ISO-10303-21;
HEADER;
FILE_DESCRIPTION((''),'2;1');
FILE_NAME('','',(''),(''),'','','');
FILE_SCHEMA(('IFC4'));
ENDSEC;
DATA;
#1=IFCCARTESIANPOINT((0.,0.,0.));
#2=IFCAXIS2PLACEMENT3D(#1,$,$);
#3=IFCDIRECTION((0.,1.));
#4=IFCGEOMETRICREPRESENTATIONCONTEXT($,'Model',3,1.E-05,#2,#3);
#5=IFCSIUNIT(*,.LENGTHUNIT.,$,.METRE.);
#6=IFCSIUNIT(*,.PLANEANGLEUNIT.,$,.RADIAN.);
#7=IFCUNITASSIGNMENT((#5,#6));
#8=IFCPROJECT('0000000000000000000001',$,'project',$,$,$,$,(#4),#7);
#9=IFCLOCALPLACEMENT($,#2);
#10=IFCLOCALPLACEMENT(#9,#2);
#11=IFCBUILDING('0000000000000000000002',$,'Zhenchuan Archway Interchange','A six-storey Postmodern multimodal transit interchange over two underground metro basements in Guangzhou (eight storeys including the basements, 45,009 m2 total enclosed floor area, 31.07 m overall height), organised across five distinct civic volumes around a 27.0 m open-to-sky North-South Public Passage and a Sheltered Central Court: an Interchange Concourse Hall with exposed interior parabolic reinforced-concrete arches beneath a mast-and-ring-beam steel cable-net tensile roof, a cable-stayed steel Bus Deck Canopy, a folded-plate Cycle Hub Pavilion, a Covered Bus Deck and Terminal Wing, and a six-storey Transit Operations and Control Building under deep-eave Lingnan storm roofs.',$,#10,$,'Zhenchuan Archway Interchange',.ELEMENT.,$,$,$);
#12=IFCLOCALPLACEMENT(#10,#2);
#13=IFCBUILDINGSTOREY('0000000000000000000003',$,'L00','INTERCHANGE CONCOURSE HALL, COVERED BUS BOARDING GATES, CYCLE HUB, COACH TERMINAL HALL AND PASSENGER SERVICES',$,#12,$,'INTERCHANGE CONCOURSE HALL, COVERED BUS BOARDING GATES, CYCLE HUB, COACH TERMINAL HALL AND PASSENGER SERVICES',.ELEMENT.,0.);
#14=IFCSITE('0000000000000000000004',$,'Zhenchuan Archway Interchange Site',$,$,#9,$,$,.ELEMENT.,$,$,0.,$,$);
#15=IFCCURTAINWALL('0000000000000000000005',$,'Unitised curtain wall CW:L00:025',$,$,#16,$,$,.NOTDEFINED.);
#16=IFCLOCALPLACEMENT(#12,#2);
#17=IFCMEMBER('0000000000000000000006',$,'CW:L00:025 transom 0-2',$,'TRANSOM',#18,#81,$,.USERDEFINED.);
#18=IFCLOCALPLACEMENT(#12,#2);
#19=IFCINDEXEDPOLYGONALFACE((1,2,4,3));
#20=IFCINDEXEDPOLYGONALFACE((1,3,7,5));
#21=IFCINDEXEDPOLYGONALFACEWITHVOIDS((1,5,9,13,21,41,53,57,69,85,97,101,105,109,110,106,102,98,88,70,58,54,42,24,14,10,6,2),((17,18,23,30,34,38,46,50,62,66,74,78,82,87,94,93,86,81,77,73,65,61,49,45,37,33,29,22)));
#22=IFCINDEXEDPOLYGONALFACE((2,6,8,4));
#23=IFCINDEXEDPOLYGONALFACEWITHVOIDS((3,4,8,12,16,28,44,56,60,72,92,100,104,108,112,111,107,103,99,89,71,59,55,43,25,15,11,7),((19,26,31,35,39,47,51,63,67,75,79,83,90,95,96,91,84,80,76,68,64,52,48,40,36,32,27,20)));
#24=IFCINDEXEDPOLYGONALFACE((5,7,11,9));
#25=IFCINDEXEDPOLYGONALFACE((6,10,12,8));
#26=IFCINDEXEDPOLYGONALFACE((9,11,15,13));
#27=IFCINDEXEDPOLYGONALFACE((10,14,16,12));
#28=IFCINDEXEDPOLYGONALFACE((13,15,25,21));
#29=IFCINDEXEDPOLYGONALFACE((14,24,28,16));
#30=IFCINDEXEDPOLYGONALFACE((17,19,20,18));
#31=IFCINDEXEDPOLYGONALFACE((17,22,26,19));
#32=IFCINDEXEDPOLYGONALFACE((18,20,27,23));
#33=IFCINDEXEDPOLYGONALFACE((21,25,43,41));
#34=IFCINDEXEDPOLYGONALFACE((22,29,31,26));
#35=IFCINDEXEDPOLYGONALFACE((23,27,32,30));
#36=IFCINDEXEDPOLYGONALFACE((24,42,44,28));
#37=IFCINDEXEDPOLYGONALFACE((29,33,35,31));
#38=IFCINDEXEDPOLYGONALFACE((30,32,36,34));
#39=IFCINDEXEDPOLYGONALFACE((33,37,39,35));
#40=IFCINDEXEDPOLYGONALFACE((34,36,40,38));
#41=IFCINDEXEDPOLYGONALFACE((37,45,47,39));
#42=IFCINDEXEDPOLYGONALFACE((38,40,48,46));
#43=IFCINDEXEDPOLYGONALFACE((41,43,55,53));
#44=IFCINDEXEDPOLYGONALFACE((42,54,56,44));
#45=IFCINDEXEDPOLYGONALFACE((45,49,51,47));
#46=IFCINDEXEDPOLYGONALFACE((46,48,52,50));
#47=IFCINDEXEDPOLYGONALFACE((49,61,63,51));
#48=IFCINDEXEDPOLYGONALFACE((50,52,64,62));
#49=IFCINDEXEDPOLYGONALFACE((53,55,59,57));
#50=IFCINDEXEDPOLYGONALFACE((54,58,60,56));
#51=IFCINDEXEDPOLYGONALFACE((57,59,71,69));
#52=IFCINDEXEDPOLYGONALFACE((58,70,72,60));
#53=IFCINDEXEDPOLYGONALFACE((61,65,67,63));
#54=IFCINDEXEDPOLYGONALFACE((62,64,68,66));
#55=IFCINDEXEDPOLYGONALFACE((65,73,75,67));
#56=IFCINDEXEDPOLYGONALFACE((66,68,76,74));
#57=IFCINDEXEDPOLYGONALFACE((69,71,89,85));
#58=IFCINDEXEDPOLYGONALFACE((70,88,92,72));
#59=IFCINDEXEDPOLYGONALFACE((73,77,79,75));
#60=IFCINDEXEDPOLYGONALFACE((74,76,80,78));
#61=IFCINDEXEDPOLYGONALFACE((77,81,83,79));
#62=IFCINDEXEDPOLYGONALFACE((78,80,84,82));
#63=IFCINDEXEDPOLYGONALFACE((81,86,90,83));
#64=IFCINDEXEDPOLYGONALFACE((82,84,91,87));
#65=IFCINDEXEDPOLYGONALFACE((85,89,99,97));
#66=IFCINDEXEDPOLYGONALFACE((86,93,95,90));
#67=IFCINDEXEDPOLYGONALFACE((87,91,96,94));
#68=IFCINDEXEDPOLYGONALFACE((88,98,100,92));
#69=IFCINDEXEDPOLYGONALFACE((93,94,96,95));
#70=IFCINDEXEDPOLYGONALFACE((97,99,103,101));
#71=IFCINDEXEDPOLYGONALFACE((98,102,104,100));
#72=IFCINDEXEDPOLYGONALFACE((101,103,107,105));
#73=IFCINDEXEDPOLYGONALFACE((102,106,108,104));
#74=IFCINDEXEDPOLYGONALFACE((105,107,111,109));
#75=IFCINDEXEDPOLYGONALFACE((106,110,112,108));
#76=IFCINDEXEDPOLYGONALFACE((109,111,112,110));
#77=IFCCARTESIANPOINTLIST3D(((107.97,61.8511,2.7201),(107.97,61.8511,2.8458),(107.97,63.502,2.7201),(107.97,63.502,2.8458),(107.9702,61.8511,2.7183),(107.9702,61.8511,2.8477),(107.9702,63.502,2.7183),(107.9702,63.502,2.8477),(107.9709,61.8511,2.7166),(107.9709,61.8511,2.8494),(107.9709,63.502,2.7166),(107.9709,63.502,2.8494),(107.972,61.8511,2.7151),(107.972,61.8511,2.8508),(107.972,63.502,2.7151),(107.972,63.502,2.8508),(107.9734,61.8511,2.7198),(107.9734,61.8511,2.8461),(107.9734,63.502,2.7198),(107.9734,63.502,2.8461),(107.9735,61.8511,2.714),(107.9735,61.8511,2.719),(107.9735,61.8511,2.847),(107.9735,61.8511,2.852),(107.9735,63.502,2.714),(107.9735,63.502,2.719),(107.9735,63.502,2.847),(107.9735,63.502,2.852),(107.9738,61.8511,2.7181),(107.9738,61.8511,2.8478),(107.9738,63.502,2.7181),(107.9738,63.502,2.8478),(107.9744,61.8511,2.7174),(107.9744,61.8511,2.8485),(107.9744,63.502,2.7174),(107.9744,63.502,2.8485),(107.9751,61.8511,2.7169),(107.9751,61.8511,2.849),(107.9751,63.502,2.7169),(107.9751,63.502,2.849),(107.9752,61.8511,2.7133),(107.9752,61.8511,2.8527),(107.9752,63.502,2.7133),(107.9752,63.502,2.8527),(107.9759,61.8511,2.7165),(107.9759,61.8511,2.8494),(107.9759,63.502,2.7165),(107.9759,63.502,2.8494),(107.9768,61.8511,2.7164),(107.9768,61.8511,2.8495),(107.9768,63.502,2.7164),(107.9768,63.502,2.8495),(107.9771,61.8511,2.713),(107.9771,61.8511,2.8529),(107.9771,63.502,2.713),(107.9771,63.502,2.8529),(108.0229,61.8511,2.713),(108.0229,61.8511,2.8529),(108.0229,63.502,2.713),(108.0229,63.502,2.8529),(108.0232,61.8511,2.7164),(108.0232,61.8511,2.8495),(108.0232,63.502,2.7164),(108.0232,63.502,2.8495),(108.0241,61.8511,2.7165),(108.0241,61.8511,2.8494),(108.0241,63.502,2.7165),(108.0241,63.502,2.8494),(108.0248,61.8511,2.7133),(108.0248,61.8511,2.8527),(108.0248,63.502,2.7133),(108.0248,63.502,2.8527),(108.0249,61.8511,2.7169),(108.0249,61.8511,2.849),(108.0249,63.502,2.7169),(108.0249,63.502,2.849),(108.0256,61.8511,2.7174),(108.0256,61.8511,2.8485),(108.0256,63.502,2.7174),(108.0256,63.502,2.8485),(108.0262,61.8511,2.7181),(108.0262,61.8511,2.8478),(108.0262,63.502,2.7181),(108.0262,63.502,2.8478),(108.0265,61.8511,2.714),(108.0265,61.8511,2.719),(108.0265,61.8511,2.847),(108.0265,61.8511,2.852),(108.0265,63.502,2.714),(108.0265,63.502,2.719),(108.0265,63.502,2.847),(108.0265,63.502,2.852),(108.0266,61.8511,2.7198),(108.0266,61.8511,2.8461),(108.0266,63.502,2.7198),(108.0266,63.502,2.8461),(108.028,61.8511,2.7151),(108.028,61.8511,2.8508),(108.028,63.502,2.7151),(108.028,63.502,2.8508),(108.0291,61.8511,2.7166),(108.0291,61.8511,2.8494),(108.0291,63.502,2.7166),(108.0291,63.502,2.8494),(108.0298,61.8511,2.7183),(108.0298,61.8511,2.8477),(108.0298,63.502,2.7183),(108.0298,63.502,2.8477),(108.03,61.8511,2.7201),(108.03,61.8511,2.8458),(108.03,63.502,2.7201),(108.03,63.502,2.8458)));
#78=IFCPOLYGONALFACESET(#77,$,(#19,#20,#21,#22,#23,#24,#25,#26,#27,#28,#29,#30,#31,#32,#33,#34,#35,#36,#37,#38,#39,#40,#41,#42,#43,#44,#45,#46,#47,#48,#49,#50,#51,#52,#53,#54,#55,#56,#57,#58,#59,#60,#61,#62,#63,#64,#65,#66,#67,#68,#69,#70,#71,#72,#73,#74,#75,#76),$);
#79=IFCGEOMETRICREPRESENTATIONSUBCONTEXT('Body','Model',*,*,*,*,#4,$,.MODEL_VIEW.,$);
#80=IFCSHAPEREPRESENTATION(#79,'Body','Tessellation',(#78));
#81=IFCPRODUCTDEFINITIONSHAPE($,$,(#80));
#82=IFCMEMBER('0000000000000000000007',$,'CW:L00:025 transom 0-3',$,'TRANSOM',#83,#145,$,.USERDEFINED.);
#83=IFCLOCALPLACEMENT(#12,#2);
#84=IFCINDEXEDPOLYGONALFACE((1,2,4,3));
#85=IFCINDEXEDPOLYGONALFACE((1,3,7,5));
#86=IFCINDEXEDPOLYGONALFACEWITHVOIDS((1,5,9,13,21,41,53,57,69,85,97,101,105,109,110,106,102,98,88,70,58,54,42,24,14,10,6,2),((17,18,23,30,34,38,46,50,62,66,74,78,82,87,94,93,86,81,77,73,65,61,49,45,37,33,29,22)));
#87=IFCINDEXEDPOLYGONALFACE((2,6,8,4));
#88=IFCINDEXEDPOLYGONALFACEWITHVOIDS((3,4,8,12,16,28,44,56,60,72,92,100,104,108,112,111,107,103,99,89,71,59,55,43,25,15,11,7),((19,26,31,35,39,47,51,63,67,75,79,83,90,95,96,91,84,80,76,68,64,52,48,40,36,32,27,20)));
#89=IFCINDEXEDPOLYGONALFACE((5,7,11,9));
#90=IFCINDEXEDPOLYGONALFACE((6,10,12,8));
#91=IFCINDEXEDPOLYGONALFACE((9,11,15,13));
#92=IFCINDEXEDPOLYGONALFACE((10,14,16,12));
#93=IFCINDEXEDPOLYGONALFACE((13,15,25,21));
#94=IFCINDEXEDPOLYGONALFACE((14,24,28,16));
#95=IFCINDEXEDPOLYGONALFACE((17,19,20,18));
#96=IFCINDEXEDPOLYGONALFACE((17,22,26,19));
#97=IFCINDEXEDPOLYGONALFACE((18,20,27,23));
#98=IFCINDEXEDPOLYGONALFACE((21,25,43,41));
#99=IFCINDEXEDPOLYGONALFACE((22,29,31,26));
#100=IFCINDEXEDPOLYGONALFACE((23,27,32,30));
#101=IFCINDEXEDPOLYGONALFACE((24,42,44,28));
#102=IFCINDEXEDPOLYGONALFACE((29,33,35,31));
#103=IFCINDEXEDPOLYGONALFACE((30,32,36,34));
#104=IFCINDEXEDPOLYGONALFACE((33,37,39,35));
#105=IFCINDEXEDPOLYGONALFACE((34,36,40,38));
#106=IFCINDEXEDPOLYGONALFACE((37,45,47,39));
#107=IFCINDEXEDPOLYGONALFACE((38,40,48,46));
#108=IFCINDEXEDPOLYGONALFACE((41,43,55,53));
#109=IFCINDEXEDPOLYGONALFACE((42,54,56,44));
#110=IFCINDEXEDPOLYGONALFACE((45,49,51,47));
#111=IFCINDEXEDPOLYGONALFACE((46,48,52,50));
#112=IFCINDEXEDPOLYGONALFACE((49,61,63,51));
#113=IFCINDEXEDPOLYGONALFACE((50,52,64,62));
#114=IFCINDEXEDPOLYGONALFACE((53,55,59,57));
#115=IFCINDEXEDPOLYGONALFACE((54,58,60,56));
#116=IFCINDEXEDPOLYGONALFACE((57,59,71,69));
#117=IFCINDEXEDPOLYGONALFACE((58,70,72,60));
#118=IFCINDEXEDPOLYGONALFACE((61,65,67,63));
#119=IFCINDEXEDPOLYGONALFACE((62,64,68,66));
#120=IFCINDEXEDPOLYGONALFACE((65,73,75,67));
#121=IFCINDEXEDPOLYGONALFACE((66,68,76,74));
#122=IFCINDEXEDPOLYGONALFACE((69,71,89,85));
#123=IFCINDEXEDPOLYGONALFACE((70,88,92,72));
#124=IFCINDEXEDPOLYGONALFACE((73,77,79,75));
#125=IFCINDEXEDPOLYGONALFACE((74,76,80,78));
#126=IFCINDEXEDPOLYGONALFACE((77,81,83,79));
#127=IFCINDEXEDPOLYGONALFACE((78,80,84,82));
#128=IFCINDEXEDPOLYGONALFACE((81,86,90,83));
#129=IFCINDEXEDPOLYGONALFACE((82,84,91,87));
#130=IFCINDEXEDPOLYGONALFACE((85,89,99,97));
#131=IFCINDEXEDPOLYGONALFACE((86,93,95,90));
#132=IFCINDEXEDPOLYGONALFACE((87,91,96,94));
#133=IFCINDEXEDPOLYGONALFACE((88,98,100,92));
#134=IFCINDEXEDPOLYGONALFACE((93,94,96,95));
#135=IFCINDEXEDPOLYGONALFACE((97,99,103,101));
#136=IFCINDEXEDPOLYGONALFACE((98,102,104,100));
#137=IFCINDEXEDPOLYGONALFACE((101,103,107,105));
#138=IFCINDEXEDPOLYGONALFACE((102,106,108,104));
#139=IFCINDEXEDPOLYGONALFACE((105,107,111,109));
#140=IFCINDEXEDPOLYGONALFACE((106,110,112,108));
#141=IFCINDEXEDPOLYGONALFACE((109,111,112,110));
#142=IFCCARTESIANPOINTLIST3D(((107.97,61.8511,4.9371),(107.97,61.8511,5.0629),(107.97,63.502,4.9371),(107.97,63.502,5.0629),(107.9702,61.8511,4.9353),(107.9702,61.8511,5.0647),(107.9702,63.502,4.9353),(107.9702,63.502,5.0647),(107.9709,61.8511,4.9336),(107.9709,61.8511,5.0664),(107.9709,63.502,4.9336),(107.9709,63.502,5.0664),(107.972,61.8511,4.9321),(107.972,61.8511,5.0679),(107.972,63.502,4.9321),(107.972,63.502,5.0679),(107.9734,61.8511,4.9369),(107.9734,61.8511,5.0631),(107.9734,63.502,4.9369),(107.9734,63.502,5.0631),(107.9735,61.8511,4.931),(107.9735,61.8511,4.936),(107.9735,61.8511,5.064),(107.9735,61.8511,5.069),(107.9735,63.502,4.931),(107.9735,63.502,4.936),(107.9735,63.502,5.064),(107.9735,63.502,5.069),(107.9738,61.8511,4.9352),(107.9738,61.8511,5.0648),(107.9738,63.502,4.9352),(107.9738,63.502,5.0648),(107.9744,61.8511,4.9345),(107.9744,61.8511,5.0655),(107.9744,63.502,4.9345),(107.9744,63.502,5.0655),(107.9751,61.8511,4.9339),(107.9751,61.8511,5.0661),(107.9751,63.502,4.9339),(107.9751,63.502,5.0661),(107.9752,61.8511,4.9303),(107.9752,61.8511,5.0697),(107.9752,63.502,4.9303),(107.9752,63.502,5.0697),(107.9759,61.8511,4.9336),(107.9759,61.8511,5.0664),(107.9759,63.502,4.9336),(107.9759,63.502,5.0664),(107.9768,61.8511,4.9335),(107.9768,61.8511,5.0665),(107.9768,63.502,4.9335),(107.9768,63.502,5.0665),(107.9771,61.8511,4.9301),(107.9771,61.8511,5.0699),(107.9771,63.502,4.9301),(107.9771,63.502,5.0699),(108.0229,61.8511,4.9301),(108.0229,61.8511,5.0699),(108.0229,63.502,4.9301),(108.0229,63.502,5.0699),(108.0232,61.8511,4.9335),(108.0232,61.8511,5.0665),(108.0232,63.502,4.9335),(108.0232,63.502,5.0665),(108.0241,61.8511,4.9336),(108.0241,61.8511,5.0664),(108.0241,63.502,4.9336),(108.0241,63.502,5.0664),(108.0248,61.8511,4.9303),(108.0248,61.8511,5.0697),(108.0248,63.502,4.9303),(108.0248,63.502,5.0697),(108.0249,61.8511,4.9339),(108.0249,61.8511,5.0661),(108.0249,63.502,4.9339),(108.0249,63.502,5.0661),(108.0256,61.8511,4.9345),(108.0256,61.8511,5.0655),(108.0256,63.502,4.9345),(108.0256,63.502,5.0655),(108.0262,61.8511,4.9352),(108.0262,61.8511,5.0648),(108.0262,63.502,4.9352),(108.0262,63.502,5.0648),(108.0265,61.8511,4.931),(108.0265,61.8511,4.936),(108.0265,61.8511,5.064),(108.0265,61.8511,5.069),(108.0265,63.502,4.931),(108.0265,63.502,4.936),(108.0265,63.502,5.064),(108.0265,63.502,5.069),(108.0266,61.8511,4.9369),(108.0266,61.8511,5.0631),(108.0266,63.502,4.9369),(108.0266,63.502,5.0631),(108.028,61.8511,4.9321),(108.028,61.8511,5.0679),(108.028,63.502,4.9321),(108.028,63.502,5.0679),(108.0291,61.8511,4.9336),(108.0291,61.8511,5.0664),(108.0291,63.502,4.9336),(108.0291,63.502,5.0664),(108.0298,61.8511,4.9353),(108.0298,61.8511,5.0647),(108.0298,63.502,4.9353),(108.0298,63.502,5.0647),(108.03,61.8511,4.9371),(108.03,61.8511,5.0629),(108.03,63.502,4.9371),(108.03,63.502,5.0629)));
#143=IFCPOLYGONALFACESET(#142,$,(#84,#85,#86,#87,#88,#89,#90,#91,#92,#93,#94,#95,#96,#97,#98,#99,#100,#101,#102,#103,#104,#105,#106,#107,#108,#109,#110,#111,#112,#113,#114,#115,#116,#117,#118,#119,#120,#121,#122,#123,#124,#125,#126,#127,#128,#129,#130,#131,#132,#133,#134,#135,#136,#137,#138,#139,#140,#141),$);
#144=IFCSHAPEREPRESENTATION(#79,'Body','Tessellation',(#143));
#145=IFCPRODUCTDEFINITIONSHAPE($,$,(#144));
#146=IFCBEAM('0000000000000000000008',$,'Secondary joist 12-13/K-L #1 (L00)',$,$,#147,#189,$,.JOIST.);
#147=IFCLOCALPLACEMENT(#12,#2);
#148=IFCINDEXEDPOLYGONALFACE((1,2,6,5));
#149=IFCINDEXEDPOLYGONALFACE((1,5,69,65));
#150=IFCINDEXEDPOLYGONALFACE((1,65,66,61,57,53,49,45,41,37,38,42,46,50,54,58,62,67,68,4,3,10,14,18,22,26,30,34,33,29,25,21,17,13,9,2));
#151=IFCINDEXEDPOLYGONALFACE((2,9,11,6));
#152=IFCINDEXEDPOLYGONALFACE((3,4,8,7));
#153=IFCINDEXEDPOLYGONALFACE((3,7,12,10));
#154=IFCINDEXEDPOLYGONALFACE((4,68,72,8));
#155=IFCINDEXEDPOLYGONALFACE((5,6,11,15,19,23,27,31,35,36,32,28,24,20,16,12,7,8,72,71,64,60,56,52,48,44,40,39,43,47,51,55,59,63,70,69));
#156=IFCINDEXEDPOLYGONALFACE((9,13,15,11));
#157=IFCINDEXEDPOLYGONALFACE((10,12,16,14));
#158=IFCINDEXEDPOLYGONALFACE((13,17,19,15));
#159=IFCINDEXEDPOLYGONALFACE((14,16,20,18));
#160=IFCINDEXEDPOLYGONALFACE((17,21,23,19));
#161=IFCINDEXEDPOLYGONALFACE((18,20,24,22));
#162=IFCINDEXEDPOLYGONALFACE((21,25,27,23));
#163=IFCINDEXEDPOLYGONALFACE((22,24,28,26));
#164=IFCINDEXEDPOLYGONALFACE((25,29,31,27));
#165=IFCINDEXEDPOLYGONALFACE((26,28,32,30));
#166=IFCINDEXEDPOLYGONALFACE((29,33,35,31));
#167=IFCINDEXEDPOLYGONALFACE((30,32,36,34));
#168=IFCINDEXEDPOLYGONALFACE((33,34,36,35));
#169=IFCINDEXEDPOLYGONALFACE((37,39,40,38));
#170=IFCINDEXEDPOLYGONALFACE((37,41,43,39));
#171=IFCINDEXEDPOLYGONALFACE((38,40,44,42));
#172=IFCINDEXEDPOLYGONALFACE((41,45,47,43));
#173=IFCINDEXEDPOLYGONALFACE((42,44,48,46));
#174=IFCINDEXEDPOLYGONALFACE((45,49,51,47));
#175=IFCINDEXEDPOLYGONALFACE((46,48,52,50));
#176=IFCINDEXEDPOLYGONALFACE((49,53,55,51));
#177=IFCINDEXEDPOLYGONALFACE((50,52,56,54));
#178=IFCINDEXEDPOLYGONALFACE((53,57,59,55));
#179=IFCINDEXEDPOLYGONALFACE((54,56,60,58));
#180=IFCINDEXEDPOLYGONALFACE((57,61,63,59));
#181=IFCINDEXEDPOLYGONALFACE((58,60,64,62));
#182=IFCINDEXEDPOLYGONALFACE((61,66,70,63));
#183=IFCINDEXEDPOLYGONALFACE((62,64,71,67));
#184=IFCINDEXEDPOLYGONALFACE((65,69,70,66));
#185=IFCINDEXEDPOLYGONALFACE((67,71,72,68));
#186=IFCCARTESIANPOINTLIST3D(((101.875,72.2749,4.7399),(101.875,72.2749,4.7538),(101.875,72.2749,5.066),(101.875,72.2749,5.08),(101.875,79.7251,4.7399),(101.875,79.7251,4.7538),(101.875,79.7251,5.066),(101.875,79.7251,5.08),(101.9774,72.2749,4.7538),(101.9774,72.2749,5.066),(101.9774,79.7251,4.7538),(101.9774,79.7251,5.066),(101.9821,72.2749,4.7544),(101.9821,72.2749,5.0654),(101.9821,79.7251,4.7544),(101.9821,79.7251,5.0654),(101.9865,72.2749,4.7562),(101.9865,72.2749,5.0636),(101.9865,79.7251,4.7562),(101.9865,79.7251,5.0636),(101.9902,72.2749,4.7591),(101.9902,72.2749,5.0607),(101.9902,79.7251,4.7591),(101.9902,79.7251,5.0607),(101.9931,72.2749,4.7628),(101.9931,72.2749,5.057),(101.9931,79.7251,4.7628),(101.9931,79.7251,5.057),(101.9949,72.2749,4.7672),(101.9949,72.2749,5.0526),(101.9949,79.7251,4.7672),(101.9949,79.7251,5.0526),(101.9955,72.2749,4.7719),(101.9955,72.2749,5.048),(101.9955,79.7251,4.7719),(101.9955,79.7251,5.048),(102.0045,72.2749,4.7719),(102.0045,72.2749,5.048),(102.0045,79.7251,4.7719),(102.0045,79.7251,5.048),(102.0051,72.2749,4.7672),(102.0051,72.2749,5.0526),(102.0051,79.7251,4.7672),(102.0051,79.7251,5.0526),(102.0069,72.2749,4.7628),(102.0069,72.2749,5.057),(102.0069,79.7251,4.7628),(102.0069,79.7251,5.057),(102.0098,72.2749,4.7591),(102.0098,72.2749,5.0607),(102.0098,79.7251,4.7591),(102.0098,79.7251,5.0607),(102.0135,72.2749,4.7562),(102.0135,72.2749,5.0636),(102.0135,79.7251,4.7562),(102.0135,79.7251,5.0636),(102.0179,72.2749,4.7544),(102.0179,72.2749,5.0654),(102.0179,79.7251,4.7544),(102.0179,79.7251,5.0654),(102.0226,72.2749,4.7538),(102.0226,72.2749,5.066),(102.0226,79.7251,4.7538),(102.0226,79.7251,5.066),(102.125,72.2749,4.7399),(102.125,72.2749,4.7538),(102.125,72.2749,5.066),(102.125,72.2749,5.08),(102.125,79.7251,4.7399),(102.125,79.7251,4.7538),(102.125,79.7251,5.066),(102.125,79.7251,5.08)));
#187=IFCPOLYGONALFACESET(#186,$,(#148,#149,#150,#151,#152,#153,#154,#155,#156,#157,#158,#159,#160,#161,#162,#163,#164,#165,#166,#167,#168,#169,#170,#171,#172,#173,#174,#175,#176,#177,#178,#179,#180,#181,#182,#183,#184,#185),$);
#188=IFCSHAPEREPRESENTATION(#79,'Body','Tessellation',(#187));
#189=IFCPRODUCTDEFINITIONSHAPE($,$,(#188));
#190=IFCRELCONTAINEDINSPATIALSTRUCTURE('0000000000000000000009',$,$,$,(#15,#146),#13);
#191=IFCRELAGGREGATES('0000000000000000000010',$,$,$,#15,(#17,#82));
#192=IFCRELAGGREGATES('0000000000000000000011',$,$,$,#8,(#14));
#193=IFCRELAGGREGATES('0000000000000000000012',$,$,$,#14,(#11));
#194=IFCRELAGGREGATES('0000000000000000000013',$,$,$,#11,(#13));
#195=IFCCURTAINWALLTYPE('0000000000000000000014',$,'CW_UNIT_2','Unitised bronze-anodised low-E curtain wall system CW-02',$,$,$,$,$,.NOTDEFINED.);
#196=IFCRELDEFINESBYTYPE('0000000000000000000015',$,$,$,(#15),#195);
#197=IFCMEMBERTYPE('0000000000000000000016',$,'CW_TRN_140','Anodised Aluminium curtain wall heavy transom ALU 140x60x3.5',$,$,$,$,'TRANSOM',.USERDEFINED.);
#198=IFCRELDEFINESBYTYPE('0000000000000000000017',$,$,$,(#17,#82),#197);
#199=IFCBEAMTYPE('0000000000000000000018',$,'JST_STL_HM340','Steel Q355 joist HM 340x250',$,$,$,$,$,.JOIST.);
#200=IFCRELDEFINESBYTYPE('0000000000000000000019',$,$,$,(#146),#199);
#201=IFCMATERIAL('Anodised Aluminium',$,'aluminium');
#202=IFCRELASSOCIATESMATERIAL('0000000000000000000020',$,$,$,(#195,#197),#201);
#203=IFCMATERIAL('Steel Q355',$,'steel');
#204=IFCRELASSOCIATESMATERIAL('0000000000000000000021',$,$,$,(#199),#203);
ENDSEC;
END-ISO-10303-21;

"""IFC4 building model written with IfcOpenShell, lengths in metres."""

from ifc_helpers import new_model, si_unit, direction, frame, origin, origin_2d, place, context, subcontext, project, spatial, hollow_rectangle, i_section, extrude, material, material_profile, profile_set, type_object, element, aggregate, save


model = new_model("IFC4")

# Units and contexts
model_context = context("Model", 3, precision=1e-05, world=origin(), true_north=direction((0.0, 1.0)))
body_context = subcontext(model_context, "Body", "Model", "MODEL_VIEW")
ifc_project = project(units=[si_unit("LENGTHUNIT", "METRE"), si_unit("PLANEANGLEUNIT", "RADIAN")], contexts=[model_context])

# Site, building, storey
site_placement = place(None, origin())
site = spatial("IfcSite", under=ifc_project, at=site_placement, Name="Zhenchuan Archway Interchange Site", CompositionType="ELEMENT", RefElevation=0.0)
building_placement = place(site_placement, origin())
building = spatial("IfcBuilding", under=site, at=building_placement, Name="Zhenchuan Archway Interchange", Description="A six-storey Postmodern multimodal transit interchange over two underground metro basements in Guangzhou (eight storeys including the basements, 45,009 m2 total enclosed floor area, 31.07 m overall height), organised across five distinct civic volumes around a 27.0 m open-to-sky North-South Public Passage and a Sheltered Central Court: an Interchange Concourse Hall with exposed interior parabolic reinforced-concrete arches beneath a mast-and-ring-beam steel cable-net tensile roof, a cable-stayed steel Bus Deck Canopy, a folded-plate Cycle Hub Pavilion, a Covered Bus Deck and Terminal Wing, and a six-storey Transit Operations and Control Building under deep-eave Lingnan storm roofs.", LongName="Zhenchuan Archway Interchange", CompositionType="ELEMENT")
storey_placement = place(building_placement, origin())
storey = spatial("IfcBuildingStorey", under=building, at=storey_placement, Name="L00", Description="INTERCHANGE CONCOURSE HALL, COVERED BUS BOARDING GATES, CYCLE HUB, COACH TERMINAL HALL AND PASSENGER SERVICES", LongName="INTERCHANGE CONCOURSE HALL, COVERED BUS BOARDING GATES, CYCLE HUB, COACH TERMINAL HALL AND PASSENGER SERVICES", CompositionType="ELEMENT", Elevation=0.0)

# Curtain wall, members
ifc_material_1 = material(Name="Anodised Aluminium", Category="aluminium")
curtain_wall_type = type_object("IfcCurtainWallType", Name="CW_UNIT_2", Description="Unitised bronze-anodised low-E curtain wall system CW-02", PredefinedType="NOTDEFINED", material=ifc_material_1)
curtain_wall_placement = place(storey_placement, origin())
curtain_wall = element("IfcCurtainWall", 1, at=curtain_wall_placement, inside=storey, type_object=curtain_wall_type, Name="Unitised curtain wall CW:L00:025", PredefinedType="NOTDEFINED")
ifc_material_profile_1 = material_profile(ifc_material_1, hollow_rectangle(XDim=0.0601, YDim=0.1399, WallThickness=0.0034, InnerFilletRadius=0.0034, OuterFilletRadius=0.0071, at=origin_2d()), Name="ALU 140x60x3.5")
ifc_profile_set_1 = profile_set([ifc_material_profile_1], Name="Anodised Aluminium")
member_type_1 = type_object("IfcMemberType", Name="CW_TRN_140", Description="Anodised Aluminium curtain wall heavy transom ALU 140x60x3.5", ElementType="TRANSOM", PredefinedType="USERDEFINED", material=ifc_profile_set_1)
member_1_placement = place(storey_placement, frame((108.0, 63.502, 2.783), z_axis=(0.0, -1.0, 0.0), x_axis=(1.0, 0.0, 0.0)))
member_1 = element("IfcMember", 2, at=member_1_placement, type_object=member_type_1, Name="CW:L00:025 transom 0-2", ObjectType="TRANSOM", PredefinedType="USERDEFINED", context=body_context, shape_type="SweptSolid", body=[
    extrude(hollow_rectangle(XDim=0.0601, YDim=0.1399, WallThickness=0.0034, InnerFilletRadius=0.0034, OuterFilletRadius=0.0071, at=origin_2d()), origin(), (0.0, 0.0, 1.0), 1.6509),
])
member_2_placement = place(storey_placement, frame((108.0, 63.502, 5.0), z_axis=(0.0, -1.0, 0.0), x_axis=(1.0, 0.0, 0.0)))
member_2 = element("IfcMember", 3, at=member_2_placement, type_object=member_type_1, Name="CW:L00:025 transom 0-3", ObjectType="TRANSOM", PredefinedType="USERDEFINED", context=body_context, shape_type="SweptSolid", body=[
    extrude(hollow_rectangle(XDim=0.0601, YDim=0.1399, WallThickness=0.0034, InnerFilletRadius=0.0034, OuterFilletRadius=0.0071, at=origin_2d()), origin(), (0.0, 0.0, 1.0), 1.6509),
])
aggregate(curtain_wall, [member_1, member_2])

# Beam
ifc_material_2 = material(Name="Steel Q355", Category="steel")
ifc_material_profile_2 = material_profile(ifc_material_2, i_section(OverallWidth=0.25, OverallDepth=0.3401, WebThickness=0.009, FlangeThickness=0.0139, FilletRadius=0.0181, at=origin_2d()), Name="HM 340x250")
ifc_profile_set_2 = profile_set([ifc_material_profile_2], Name="Steel Q355")
beam_type_1 = type_object("IfcBeamType", Name="JST_STL_HM340", Description="Steel Q355 joist HM 340x250", PredefinedType="JOIST", material=ifc_profile_set_2)
for number, where, z_axis, x_axis, name in (
    (4, (102.0, 72.2749, 4.9099), (0.0, 1.0, 0.0), (-1.0, 0.0, 0.0), "Secondary joist 12-13/K-L #1 (L00)"),
):
    element("IfcBeam", number, at=place(storey_placement, frame(where, z_axis=z_axis, x_axis=x_axis)), inside=storey, type_object=beam_type_1, Name=name, PredefinedType="JOIST", context=body_context, shape_type="SweptSolid", body=[
        extrude(i_section(OverallWidth=0.25, OverallDepth=0.3401, WebThickness=0.009, FlangeThickness=0.0139, FilletRadius=0.0181, at=origin_2d()), origin(), (0.0, 0.0, 1.0), 7.4502),
    ])

save(model, "model.ifc")
